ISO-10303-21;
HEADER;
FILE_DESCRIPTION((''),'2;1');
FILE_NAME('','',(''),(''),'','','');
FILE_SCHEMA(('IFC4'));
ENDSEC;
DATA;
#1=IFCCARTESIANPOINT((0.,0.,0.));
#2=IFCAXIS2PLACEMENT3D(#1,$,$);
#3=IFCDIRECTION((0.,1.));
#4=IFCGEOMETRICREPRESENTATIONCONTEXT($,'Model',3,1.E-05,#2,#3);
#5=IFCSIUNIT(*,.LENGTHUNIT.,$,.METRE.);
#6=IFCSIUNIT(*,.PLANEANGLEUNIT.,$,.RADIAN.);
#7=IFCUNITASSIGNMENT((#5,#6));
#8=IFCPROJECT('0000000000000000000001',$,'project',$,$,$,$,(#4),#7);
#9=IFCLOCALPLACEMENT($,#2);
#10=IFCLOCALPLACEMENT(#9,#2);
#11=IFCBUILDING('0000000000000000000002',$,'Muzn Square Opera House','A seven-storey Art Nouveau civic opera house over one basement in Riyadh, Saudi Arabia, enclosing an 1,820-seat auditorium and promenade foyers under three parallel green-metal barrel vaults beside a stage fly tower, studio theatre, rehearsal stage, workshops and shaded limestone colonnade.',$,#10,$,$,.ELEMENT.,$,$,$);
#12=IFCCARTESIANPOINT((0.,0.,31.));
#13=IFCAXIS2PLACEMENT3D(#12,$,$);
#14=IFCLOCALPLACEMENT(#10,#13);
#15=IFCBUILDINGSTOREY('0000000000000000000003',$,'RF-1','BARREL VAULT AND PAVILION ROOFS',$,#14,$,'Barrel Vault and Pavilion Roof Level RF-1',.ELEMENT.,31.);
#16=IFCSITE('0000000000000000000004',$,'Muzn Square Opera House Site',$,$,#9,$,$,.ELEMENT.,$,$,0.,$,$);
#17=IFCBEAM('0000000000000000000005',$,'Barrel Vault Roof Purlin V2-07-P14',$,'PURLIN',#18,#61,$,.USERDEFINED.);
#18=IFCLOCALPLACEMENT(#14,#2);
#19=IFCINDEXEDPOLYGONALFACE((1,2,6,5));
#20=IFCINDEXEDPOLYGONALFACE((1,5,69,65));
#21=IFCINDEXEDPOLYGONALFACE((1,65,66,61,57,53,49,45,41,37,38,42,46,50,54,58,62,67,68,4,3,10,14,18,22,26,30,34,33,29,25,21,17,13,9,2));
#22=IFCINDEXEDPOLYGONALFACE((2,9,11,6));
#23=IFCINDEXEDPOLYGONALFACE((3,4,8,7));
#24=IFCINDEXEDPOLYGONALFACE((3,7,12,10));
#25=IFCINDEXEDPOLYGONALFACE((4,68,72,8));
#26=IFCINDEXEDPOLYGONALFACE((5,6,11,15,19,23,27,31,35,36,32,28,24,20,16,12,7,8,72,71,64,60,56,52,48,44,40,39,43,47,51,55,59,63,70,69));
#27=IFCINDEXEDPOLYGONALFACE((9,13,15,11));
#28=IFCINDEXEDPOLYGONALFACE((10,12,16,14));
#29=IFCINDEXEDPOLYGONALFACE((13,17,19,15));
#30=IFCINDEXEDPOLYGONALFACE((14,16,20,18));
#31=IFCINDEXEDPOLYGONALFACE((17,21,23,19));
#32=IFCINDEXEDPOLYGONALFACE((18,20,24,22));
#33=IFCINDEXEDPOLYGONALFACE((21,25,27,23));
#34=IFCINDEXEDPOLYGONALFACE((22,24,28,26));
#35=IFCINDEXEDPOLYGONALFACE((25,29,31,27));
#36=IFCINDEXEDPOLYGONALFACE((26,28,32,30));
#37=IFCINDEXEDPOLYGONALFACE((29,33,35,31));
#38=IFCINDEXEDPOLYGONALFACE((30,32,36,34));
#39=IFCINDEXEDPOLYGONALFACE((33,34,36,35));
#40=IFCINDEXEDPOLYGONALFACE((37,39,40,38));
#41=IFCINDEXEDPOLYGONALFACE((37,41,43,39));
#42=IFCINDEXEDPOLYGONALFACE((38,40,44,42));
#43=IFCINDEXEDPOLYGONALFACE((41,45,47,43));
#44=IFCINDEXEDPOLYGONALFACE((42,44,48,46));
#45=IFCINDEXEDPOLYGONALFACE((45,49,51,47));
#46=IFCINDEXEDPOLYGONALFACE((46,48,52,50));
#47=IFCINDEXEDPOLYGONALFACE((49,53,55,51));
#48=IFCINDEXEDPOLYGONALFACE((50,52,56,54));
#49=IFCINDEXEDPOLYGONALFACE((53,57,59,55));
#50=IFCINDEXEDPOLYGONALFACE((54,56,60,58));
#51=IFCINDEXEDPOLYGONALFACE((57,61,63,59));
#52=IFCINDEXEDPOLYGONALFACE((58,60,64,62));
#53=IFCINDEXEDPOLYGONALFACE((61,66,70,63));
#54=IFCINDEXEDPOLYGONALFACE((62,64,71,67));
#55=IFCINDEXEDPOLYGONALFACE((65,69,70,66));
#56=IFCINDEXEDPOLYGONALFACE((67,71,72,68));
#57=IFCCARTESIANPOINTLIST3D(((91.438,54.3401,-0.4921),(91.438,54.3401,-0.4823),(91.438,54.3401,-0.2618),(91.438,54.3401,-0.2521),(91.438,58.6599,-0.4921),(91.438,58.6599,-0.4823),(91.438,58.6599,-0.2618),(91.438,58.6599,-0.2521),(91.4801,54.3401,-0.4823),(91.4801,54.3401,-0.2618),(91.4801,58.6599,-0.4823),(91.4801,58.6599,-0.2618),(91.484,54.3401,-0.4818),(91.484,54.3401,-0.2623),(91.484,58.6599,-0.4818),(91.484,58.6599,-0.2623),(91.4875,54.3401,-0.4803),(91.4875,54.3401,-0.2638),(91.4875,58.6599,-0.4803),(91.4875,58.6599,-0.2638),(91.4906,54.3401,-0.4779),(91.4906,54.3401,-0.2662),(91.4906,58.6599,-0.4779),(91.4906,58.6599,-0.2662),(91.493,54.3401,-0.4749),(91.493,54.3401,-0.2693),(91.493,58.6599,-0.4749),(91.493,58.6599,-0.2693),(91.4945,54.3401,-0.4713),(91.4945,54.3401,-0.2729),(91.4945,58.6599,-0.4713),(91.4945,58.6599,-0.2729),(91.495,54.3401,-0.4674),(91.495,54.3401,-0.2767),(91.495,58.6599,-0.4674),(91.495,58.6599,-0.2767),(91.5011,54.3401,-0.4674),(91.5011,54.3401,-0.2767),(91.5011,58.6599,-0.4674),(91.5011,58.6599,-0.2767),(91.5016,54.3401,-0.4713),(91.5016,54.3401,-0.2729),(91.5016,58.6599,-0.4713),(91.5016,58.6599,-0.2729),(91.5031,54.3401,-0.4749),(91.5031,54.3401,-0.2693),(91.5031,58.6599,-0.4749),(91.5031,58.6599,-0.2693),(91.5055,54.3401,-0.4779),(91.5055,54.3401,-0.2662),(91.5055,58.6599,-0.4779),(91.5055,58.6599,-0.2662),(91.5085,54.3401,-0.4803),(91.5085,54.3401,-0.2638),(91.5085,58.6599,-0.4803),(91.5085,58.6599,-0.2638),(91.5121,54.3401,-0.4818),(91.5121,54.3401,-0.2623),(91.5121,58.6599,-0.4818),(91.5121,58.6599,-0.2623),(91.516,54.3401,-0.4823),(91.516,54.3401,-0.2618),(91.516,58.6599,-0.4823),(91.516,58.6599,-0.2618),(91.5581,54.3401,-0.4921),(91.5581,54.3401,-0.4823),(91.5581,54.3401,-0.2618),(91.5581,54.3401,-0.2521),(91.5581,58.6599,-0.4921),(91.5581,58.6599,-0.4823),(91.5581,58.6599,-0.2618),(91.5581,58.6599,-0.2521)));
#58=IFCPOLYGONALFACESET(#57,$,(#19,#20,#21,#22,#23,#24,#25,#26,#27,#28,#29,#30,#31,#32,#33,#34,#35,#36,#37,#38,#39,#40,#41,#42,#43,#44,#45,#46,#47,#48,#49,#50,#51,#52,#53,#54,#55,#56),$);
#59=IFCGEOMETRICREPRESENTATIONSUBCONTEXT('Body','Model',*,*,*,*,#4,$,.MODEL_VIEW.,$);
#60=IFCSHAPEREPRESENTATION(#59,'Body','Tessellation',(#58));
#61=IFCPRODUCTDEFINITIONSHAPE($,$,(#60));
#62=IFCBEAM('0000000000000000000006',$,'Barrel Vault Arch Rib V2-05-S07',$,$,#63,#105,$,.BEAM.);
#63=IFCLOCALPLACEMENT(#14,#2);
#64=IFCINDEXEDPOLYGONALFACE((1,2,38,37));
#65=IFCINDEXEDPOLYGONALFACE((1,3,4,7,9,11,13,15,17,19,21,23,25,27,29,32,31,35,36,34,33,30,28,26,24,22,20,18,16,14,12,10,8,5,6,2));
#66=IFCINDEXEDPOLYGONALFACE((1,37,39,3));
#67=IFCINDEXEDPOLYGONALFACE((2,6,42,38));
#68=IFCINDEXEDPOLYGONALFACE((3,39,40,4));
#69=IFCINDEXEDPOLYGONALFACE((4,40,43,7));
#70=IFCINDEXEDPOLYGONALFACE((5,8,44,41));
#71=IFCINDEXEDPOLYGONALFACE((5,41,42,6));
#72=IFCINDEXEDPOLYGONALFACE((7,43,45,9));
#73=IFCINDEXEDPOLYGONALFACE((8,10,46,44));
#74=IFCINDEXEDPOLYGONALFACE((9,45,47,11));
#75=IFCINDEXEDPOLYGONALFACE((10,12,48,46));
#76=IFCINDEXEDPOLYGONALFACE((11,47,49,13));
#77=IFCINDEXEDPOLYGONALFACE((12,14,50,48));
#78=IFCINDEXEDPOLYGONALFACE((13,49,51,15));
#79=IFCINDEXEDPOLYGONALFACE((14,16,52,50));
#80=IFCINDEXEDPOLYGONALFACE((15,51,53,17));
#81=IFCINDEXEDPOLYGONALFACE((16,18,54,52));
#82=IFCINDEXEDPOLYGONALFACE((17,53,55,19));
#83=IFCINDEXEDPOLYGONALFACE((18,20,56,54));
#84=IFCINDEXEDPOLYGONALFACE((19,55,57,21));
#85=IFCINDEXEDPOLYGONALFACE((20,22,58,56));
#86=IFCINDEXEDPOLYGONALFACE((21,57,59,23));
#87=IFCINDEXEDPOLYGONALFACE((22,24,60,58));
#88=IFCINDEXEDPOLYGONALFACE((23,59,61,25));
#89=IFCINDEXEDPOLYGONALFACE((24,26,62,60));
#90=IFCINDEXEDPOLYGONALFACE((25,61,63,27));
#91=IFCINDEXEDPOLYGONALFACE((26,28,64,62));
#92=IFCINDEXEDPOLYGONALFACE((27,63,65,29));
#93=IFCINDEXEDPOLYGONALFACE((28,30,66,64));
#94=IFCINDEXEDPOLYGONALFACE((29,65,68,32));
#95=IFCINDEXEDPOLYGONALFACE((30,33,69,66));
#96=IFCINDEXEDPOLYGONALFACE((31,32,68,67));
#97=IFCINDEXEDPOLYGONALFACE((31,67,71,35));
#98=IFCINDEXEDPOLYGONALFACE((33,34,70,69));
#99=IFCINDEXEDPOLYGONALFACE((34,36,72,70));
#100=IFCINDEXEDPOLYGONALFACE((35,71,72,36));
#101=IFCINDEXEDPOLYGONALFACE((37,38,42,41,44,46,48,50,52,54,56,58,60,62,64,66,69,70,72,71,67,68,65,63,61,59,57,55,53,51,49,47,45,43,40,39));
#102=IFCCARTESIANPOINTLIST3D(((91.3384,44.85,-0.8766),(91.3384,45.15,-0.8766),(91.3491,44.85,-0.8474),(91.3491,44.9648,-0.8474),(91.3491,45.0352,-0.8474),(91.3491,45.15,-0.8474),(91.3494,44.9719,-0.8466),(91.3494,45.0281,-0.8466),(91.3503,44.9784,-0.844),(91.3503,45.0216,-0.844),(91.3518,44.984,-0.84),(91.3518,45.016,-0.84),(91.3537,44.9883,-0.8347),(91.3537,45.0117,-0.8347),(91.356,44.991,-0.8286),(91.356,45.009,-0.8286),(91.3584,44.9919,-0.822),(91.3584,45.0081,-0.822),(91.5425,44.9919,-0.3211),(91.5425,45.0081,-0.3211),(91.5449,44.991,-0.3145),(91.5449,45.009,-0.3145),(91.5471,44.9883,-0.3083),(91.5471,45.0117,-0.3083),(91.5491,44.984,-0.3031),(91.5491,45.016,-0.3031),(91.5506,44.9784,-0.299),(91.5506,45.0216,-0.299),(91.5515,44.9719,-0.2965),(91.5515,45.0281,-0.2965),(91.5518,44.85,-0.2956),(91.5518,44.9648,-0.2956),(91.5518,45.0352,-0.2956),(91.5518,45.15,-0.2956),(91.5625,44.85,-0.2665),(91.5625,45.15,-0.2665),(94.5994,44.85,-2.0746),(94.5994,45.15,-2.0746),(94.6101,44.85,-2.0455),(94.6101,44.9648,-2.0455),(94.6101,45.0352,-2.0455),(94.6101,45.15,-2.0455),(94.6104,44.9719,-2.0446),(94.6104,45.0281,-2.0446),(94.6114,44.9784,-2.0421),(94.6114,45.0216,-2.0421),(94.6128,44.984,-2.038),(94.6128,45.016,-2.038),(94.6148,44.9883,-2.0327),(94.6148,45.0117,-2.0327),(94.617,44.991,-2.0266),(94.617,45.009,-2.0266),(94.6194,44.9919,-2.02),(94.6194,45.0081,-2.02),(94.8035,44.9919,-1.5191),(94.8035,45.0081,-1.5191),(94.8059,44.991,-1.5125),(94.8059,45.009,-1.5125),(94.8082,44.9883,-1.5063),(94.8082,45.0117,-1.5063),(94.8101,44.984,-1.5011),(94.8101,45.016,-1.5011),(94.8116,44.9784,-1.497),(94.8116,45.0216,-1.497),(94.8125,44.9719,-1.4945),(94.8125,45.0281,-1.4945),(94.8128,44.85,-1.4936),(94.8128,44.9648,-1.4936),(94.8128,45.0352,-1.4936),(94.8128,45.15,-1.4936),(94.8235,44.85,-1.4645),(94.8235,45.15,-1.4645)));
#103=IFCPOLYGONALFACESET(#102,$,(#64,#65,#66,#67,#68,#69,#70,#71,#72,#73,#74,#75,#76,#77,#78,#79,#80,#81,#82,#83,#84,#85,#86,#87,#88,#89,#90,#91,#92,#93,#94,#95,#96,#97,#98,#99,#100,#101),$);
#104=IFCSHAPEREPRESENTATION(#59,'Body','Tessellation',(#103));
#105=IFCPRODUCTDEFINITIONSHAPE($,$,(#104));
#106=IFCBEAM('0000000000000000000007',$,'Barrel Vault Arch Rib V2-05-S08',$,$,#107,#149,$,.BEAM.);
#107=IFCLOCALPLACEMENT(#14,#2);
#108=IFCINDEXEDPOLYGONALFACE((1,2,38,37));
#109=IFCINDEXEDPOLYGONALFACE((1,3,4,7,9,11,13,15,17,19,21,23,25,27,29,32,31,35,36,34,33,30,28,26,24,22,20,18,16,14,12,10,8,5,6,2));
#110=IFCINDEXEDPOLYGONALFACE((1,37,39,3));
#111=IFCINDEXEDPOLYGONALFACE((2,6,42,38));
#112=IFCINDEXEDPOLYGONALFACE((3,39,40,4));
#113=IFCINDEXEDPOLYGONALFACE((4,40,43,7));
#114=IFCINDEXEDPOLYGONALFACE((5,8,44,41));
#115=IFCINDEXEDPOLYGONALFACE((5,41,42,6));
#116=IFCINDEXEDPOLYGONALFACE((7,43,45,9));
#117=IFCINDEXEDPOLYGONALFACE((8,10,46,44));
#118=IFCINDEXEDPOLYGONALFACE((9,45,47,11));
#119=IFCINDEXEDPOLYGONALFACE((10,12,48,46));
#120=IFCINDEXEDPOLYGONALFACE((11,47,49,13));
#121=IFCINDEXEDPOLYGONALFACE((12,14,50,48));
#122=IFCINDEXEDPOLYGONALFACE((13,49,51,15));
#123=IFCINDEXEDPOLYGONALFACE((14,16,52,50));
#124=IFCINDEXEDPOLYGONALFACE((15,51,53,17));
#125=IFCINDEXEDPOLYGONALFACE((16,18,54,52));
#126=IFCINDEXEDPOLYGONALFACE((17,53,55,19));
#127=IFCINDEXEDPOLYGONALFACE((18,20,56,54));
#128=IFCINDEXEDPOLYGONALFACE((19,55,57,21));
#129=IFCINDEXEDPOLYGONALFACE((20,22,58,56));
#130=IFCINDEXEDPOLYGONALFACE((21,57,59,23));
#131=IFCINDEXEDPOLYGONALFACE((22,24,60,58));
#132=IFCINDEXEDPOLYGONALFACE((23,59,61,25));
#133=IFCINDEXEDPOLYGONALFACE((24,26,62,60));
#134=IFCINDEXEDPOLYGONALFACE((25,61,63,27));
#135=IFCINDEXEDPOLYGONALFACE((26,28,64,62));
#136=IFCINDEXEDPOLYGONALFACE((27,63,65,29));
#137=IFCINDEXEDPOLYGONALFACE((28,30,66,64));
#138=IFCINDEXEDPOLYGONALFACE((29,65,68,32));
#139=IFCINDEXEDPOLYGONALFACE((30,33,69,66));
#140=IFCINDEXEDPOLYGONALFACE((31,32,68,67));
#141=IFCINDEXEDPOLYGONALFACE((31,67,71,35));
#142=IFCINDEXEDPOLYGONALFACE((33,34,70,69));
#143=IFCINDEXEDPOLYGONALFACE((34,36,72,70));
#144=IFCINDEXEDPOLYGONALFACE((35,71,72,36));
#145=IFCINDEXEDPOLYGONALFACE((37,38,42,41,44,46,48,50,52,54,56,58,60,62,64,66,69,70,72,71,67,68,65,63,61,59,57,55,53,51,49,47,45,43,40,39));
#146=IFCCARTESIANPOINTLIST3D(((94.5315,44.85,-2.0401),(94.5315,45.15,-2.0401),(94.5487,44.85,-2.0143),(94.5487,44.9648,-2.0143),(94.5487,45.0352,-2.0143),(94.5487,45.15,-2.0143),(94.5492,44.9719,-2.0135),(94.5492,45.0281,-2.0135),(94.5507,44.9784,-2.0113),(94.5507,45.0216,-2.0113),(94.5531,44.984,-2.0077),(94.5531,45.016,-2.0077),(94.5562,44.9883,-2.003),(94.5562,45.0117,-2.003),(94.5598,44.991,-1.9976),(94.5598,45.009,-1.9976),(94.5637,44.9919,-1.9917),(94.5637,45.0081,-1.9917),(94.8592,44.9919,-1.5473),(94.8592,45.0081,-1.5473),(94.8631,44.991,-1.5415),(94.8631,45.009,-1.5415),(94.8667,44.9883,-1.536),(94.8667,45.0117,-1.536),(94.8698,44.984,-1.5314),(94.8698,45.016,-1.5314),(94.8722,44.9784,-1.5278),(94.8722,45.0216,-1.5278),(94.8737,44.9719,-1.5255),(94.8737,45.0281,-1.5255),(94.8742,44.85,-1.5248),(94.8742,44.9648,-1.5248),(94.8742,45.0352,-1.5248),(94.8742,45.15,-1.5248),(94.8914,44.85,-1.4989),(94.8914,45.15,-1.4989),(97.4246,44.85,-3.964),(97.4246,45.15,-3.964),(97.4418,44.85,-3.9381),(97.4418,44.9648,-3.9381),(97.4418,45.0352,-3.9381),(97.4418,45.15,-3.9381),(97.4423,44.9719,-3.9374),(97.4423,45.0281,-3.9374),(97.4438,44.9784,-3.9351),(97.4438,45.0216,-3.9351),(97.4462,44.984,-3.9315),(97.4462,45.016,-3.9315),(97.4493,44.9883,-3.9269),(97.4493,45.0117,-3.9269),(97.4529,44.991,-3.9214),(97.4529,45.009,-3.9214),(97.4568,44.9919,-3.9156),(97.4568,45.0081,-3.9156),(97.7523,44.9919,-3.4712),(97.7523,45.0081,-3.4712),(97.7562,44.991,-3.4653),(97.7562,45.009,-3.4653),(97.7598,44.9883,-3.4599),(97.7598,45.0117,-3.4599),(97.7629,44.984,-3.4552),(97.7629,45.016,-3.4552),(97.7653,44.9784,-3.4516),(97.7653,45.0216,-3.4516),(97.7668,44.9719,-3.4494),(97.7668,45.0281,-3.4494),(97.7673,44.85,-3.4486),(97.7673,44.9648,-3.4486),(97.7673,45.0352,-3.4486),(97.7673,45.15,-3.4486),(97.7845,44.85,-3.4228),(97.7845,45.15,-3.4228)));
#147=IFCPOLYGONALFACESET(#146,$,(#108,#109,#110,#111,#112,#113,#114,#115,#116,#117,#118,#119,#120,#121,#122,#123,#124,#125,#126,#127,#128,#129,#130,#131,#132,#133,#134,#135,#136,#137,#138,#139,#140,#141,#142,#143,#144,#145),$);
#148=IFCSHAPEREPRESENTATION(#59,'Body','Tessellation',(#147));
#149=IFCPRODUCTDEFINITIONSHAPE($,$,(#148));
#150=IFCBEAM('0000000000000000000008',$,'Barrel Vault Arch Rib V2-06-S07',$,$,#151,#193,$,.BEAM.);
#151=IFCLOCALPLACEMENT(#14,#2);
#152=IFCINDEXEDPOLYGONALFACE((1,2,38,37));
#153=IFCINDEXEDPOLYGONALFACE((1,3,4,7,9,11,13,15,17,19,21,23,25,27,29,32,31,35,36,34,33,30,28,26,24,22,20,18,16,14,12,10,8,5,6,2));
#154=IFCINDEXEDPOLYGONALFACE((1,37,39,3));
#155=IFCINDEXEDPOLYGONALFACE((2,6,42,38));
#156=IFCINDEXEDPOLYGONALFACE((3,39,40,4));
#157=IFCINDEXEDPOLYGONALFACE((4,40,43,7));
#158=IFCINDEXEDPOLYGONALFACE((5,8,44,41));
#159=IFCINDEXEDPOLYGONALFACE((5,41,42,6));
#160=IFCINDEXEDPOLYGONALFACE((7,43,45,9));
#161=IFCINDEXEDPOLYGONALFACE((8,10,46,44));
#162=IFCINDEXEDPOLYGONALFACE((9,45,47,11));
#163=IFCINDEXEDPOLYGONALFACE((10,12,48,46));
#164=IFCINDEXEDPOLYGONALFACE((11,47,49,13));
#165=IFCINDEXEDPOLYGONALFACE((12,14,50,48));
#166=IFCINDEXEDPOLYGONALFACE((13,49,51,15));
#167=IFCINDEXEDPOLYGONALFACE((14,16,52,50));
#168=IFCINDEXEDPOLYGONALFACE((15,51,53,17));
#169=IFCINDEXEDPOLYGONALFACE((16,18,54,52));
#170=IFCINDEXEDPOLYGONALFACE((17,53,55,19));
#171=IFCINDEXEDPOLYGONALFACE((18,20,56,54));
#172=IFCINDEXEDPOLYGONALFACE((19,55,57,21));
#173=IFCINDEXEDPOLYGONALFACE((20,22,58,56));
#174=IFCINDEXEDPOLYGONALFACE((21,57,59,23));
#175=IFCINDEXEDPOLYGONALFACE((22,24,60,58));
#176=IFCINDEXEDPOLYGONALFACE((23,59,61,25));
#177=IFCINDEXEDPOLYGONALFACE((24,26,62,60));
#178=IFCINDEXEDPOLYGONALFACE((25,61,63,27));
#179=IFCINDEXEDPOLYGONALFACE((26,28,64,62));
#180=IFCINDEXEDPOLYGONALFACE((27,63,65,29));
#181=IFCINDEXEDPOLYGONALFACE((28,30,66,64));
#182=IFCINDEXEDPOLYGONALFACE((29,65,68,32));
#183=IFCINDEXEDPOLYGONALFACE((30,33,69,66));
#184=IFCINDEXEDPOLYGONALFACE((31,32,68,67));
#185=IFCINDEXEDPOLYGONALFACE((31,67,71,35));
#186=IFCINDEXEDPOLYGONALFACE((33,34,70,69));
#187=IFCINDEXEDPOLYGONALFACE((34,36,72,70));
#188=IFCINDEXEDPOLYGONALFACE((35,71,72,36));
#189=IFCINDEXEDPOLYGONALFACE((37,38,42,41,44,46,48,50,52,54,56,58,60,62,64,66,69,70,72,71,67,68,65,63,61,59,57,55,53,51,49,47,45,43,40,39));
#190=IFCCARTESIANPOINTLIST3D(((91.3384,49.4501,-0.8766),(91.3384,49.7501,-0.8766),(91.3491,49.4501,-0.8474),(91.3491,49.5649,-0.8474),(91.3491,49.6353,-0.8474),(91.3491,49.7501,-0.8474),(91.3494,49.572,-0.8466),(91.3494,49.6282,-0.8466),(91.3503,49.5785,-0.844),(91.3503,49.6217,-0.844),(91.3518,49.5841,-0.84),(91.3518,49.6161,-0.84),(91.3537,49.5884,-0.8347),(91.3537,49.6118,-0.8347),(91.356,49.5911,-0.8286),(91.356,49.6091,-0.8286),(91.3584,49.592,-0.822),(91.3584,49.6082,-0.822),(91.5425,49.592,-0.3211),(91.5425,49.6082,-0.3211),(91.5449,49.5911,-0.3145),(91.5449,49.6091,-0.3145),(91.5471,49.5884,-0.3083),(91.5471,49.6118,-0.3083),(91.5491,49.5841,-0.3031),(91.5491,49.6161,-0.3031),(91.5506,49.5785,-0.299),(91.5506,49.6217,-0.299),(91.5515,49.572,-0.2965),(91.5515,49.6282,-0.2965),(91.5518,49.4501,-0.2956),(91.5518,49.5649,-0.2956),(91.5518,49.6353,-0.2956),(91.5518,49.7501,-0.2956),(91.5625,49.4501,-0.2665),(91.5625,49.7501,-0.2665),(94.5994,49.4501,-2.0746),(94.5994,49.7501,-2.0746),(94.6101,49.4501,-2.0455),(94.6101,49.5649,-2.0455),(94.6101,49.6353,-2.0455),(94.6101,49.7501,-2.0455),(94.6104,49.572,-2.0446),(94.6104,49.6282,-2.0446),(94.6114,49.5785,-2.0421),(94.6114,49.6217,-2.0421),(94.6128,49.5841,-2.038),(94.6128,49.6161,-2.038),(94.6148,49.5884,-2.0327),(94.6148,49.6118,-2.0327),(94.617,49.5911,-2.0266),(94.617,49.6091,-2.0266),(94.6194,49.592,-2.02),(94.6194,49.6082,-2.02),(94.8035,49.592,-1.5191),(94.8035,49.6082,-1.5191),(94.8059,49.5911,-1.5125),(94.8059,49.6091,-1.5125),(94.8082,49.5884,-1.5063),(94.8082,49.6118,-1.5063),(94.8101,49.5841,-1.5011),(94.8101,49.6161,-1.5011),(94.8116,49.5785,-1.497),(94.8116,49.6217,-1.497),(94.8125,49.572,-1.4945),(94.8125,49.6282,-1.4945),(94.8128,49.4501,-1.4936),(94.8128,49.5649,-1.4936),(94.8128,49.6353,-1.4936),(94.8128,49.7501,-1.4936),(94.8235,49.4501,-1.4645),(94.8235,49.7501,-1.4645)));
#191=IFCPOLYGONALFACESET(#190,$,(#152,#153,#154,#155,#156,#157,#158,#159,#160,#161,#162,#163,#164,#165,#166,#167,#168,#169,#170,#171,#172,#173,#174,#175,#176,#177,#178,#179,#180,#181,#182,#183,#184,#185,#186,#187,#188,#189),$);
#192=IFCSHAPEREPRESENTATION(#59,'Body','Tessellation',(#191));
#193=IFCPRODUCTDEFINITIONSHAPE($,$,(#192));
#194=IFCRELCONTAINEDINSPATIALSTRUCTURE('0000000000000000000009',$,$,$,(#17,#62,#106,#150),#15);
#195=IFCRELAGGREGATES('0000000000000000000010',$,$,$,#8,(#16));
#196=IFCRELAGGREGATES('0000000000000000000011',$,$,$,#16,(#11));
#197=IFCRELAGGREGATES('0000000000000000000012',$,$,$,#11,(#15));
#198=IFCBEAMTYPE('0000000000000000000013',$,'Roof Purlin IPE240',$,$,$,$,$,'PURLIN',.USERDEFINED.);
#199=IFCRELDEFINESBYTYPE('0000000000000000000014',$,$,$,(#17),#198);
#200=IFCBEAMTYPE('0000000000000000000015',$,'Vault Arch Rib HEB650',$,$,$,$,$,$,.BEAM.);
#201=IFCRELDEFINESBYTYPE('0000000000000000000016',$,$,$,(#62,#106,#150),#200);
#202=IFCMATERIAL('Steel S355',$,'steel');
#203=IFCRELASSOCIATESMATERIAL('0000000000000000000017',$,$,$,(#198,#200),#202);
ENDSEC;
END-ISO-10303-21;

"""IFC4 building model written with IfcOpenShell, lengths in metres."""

from ifc_helpers import new_model, si_unit, direction, frame, origin, origin_2d, place, context, subcontext, project, spatial, i_section, extrude, material, material_profile, profile_set, type_object, element, save


model = new_model("IFC4")

# Units and contexts
model_context = context("Model", 3, precision=1e-05, world=origin(), true_north=direction((0.0, 1.0)))
body_context = subcontext(model_context, "Body", "Model", "MODEL_VIEW")
ifc_project = project(units=[si_unit("LENGTHUNIT", "METRE"), si_unit("PLANEANGLEUNIT", "RADIAN")], contexts=[model_context])

# Site, building, storey
site_placement = place(None, origin())
site = spatial("IfcSite", under=ifc_project, at=site_placement, Name="Muzn Square Opera House Site", CompositionType="ELEMENT", RefElevation=0.0)
building_placement = place(site_placement, origin())
building = spatial("IfcBuilding", under=site, at=building_placement, Name="Muzn Square Opera House", Description="A seven-storey Art Nouveau civic opera house over one basement in Riyadh, Saudi Arabia, enclosing an 1,820-seat auditorium and promenade foyers under three parallel green-metal barrel vaults beside a stage fly tower, studio theatre, rehearsal stage, workshops and shaded limestone colonnade.", CompositionType="ELEMENT")
storey_placement = place(building_placement, frame((0.0, 0.0, 31.0)))
storey = spatial("IfcBuildingStorey", under=building, at=storey_placement, Name="RF-1", Description="BARREL VAULT AND PAVILION ROOFS", LongName="Barrel Vault and Pavilion Roof Level RF-1", CompositionType="ELEMENT", Elevation=31.0)

# Beams
ifc_material_1 = material(Name="Steel S355", Category="steel")
ifc_material_profile_1 = material_profile(ifc_material_1, i_section(OverallWidth=0.1201, OverallDepth=0.24, WebThickness=0.0061, FlangeThickness=0.0098, FilletRadius=0.0149, at=origin_2d()), Name="IPE 240", Category="steel")
ifc_profile_set_1 = profile_set([ifc_material_profile_1], Name="Steel S355")
beam_type_1 = type_object("IfcBeamType", Name="Roof Purlin IPE240", ElementType="PURLIN", PredefinedType="USERDEFINED", material=ifc_profile_set_1)
for number, where, z_axis, x_axis, name in (
    (1, (91.498, 54.3401, -0.3721), (0.0, 1.0, 0.0), (-1.0, 0.0, 0.0), "Barrel Vault Roof Purlin V2-07-P14"),
):
    element("IfcBeam", number, at=place(storey_placement, frame(where, z_axis=z_axis, x_axis=x_axis)), inside=storey, type_object=beam_type_1, Name=name, ObjectType="PURLIN", PredefinedType="USERDEFINED", context=body_context, shape_type="SweptSolid", body=[
        extrude(i_section(OverallWidth=0.1201, OverallDepth=0.24, WebThickness=0.0061, FlangeThickness=0.0098, FilletRadius=0.0149, at=origin_2d()), origin(), (0.0, 0.0, 1.0), 4.3198),
    ])
ifc_material_profile_2 = material_profile(ifc_material_1, i_section(OverallWidth=0.3, OverallDepth=0.6499, WebThickness=0.0161, FlangeThickness=0.031, FilletRadius=0.0271, at=origin_2d()), Name="HEB 650", Category="steel")
ifc_profile_set_2 = profile_set([ifc_material_profile_2], Name="Steel S355")
beam_type_2 = type_object("IfcBeamType", Name="Vault Arch Rib HEB650", PredefinedType="BEAM", material=ifc_profile_set_2)
beam_1_placement = place(storey_placement, frame((91.4504, 45.0, -0.5715), z_axis=(0.938662, 0.0, -0.344839), x_axis=(0.0, 1.0, 0.0)))
element("IfcBeam", 2, at=beam_1_placement, inside=storey, type_object=beam_type_2, Name="Barrel Vault Arch Rib V2-05-S07", PredefinedType="BEAM", context=body_context, shape_type="SweptSolid", body=[
    extrude(i_section(OverallWidth=0.3, OverallDepth=0.6499, WebThickness=0.0161, FlangeThickness=0.031, FilletRadius=0.0271, at=origin_2d()), origin(), (0.0, 0.0, 1.0), 3.4741),
])
beam_2_placement = place(storey_placement, frame((94.7114, 45.0, -1.7695), z_axis=(0.832698, 0.0, -0.553727), x_axis=(0.0, 1.0, 0.0)))
element("IfcBeam", 3, at=beam_2_placement, inside=storey, type_object=beam_type_2, Name="Barrel Vault Arch Rib V2-05-S08", PredefinedType="BEAM", context=body_context, shape_type="SweptSolid", body=[
    extrude(i_section(OverallWidth=0.3, OverallDepth=0.6499, WebThickness=0.0161, FlangeThickness=0.031, FilletRadius=0.0271, at=origin_2d()), origin(), (0.0, 0.0, 1.0), 3.4744),
])
beam_3_placement = place(storey_placement, frame((91.4504, 49.6001, -0.5715), z_axis=(0.938662, 0.0, -0.344839), x_axis=(0.0, 1.0, 0.0)))
element("IfcBeam", 4, at=beam_3_placement, inside=storey, type_object=beam_type_2, Name="Barrel Vault Arch Rib V2-06-S07", PredefinedType="BEAM", context=body_context, shape_type="SweptSolid", body=[
    extrude(i_section(OverallWidth=0.3, OverallDepth=0.6499, WebThickness=0.0161, FlangeThickness=0.031, FilletRadius=0.0271, at=origin_2d()), origin(), (0.0, 0.0, 1.0), 3.4741),
])

save(model, "model.ifc")
